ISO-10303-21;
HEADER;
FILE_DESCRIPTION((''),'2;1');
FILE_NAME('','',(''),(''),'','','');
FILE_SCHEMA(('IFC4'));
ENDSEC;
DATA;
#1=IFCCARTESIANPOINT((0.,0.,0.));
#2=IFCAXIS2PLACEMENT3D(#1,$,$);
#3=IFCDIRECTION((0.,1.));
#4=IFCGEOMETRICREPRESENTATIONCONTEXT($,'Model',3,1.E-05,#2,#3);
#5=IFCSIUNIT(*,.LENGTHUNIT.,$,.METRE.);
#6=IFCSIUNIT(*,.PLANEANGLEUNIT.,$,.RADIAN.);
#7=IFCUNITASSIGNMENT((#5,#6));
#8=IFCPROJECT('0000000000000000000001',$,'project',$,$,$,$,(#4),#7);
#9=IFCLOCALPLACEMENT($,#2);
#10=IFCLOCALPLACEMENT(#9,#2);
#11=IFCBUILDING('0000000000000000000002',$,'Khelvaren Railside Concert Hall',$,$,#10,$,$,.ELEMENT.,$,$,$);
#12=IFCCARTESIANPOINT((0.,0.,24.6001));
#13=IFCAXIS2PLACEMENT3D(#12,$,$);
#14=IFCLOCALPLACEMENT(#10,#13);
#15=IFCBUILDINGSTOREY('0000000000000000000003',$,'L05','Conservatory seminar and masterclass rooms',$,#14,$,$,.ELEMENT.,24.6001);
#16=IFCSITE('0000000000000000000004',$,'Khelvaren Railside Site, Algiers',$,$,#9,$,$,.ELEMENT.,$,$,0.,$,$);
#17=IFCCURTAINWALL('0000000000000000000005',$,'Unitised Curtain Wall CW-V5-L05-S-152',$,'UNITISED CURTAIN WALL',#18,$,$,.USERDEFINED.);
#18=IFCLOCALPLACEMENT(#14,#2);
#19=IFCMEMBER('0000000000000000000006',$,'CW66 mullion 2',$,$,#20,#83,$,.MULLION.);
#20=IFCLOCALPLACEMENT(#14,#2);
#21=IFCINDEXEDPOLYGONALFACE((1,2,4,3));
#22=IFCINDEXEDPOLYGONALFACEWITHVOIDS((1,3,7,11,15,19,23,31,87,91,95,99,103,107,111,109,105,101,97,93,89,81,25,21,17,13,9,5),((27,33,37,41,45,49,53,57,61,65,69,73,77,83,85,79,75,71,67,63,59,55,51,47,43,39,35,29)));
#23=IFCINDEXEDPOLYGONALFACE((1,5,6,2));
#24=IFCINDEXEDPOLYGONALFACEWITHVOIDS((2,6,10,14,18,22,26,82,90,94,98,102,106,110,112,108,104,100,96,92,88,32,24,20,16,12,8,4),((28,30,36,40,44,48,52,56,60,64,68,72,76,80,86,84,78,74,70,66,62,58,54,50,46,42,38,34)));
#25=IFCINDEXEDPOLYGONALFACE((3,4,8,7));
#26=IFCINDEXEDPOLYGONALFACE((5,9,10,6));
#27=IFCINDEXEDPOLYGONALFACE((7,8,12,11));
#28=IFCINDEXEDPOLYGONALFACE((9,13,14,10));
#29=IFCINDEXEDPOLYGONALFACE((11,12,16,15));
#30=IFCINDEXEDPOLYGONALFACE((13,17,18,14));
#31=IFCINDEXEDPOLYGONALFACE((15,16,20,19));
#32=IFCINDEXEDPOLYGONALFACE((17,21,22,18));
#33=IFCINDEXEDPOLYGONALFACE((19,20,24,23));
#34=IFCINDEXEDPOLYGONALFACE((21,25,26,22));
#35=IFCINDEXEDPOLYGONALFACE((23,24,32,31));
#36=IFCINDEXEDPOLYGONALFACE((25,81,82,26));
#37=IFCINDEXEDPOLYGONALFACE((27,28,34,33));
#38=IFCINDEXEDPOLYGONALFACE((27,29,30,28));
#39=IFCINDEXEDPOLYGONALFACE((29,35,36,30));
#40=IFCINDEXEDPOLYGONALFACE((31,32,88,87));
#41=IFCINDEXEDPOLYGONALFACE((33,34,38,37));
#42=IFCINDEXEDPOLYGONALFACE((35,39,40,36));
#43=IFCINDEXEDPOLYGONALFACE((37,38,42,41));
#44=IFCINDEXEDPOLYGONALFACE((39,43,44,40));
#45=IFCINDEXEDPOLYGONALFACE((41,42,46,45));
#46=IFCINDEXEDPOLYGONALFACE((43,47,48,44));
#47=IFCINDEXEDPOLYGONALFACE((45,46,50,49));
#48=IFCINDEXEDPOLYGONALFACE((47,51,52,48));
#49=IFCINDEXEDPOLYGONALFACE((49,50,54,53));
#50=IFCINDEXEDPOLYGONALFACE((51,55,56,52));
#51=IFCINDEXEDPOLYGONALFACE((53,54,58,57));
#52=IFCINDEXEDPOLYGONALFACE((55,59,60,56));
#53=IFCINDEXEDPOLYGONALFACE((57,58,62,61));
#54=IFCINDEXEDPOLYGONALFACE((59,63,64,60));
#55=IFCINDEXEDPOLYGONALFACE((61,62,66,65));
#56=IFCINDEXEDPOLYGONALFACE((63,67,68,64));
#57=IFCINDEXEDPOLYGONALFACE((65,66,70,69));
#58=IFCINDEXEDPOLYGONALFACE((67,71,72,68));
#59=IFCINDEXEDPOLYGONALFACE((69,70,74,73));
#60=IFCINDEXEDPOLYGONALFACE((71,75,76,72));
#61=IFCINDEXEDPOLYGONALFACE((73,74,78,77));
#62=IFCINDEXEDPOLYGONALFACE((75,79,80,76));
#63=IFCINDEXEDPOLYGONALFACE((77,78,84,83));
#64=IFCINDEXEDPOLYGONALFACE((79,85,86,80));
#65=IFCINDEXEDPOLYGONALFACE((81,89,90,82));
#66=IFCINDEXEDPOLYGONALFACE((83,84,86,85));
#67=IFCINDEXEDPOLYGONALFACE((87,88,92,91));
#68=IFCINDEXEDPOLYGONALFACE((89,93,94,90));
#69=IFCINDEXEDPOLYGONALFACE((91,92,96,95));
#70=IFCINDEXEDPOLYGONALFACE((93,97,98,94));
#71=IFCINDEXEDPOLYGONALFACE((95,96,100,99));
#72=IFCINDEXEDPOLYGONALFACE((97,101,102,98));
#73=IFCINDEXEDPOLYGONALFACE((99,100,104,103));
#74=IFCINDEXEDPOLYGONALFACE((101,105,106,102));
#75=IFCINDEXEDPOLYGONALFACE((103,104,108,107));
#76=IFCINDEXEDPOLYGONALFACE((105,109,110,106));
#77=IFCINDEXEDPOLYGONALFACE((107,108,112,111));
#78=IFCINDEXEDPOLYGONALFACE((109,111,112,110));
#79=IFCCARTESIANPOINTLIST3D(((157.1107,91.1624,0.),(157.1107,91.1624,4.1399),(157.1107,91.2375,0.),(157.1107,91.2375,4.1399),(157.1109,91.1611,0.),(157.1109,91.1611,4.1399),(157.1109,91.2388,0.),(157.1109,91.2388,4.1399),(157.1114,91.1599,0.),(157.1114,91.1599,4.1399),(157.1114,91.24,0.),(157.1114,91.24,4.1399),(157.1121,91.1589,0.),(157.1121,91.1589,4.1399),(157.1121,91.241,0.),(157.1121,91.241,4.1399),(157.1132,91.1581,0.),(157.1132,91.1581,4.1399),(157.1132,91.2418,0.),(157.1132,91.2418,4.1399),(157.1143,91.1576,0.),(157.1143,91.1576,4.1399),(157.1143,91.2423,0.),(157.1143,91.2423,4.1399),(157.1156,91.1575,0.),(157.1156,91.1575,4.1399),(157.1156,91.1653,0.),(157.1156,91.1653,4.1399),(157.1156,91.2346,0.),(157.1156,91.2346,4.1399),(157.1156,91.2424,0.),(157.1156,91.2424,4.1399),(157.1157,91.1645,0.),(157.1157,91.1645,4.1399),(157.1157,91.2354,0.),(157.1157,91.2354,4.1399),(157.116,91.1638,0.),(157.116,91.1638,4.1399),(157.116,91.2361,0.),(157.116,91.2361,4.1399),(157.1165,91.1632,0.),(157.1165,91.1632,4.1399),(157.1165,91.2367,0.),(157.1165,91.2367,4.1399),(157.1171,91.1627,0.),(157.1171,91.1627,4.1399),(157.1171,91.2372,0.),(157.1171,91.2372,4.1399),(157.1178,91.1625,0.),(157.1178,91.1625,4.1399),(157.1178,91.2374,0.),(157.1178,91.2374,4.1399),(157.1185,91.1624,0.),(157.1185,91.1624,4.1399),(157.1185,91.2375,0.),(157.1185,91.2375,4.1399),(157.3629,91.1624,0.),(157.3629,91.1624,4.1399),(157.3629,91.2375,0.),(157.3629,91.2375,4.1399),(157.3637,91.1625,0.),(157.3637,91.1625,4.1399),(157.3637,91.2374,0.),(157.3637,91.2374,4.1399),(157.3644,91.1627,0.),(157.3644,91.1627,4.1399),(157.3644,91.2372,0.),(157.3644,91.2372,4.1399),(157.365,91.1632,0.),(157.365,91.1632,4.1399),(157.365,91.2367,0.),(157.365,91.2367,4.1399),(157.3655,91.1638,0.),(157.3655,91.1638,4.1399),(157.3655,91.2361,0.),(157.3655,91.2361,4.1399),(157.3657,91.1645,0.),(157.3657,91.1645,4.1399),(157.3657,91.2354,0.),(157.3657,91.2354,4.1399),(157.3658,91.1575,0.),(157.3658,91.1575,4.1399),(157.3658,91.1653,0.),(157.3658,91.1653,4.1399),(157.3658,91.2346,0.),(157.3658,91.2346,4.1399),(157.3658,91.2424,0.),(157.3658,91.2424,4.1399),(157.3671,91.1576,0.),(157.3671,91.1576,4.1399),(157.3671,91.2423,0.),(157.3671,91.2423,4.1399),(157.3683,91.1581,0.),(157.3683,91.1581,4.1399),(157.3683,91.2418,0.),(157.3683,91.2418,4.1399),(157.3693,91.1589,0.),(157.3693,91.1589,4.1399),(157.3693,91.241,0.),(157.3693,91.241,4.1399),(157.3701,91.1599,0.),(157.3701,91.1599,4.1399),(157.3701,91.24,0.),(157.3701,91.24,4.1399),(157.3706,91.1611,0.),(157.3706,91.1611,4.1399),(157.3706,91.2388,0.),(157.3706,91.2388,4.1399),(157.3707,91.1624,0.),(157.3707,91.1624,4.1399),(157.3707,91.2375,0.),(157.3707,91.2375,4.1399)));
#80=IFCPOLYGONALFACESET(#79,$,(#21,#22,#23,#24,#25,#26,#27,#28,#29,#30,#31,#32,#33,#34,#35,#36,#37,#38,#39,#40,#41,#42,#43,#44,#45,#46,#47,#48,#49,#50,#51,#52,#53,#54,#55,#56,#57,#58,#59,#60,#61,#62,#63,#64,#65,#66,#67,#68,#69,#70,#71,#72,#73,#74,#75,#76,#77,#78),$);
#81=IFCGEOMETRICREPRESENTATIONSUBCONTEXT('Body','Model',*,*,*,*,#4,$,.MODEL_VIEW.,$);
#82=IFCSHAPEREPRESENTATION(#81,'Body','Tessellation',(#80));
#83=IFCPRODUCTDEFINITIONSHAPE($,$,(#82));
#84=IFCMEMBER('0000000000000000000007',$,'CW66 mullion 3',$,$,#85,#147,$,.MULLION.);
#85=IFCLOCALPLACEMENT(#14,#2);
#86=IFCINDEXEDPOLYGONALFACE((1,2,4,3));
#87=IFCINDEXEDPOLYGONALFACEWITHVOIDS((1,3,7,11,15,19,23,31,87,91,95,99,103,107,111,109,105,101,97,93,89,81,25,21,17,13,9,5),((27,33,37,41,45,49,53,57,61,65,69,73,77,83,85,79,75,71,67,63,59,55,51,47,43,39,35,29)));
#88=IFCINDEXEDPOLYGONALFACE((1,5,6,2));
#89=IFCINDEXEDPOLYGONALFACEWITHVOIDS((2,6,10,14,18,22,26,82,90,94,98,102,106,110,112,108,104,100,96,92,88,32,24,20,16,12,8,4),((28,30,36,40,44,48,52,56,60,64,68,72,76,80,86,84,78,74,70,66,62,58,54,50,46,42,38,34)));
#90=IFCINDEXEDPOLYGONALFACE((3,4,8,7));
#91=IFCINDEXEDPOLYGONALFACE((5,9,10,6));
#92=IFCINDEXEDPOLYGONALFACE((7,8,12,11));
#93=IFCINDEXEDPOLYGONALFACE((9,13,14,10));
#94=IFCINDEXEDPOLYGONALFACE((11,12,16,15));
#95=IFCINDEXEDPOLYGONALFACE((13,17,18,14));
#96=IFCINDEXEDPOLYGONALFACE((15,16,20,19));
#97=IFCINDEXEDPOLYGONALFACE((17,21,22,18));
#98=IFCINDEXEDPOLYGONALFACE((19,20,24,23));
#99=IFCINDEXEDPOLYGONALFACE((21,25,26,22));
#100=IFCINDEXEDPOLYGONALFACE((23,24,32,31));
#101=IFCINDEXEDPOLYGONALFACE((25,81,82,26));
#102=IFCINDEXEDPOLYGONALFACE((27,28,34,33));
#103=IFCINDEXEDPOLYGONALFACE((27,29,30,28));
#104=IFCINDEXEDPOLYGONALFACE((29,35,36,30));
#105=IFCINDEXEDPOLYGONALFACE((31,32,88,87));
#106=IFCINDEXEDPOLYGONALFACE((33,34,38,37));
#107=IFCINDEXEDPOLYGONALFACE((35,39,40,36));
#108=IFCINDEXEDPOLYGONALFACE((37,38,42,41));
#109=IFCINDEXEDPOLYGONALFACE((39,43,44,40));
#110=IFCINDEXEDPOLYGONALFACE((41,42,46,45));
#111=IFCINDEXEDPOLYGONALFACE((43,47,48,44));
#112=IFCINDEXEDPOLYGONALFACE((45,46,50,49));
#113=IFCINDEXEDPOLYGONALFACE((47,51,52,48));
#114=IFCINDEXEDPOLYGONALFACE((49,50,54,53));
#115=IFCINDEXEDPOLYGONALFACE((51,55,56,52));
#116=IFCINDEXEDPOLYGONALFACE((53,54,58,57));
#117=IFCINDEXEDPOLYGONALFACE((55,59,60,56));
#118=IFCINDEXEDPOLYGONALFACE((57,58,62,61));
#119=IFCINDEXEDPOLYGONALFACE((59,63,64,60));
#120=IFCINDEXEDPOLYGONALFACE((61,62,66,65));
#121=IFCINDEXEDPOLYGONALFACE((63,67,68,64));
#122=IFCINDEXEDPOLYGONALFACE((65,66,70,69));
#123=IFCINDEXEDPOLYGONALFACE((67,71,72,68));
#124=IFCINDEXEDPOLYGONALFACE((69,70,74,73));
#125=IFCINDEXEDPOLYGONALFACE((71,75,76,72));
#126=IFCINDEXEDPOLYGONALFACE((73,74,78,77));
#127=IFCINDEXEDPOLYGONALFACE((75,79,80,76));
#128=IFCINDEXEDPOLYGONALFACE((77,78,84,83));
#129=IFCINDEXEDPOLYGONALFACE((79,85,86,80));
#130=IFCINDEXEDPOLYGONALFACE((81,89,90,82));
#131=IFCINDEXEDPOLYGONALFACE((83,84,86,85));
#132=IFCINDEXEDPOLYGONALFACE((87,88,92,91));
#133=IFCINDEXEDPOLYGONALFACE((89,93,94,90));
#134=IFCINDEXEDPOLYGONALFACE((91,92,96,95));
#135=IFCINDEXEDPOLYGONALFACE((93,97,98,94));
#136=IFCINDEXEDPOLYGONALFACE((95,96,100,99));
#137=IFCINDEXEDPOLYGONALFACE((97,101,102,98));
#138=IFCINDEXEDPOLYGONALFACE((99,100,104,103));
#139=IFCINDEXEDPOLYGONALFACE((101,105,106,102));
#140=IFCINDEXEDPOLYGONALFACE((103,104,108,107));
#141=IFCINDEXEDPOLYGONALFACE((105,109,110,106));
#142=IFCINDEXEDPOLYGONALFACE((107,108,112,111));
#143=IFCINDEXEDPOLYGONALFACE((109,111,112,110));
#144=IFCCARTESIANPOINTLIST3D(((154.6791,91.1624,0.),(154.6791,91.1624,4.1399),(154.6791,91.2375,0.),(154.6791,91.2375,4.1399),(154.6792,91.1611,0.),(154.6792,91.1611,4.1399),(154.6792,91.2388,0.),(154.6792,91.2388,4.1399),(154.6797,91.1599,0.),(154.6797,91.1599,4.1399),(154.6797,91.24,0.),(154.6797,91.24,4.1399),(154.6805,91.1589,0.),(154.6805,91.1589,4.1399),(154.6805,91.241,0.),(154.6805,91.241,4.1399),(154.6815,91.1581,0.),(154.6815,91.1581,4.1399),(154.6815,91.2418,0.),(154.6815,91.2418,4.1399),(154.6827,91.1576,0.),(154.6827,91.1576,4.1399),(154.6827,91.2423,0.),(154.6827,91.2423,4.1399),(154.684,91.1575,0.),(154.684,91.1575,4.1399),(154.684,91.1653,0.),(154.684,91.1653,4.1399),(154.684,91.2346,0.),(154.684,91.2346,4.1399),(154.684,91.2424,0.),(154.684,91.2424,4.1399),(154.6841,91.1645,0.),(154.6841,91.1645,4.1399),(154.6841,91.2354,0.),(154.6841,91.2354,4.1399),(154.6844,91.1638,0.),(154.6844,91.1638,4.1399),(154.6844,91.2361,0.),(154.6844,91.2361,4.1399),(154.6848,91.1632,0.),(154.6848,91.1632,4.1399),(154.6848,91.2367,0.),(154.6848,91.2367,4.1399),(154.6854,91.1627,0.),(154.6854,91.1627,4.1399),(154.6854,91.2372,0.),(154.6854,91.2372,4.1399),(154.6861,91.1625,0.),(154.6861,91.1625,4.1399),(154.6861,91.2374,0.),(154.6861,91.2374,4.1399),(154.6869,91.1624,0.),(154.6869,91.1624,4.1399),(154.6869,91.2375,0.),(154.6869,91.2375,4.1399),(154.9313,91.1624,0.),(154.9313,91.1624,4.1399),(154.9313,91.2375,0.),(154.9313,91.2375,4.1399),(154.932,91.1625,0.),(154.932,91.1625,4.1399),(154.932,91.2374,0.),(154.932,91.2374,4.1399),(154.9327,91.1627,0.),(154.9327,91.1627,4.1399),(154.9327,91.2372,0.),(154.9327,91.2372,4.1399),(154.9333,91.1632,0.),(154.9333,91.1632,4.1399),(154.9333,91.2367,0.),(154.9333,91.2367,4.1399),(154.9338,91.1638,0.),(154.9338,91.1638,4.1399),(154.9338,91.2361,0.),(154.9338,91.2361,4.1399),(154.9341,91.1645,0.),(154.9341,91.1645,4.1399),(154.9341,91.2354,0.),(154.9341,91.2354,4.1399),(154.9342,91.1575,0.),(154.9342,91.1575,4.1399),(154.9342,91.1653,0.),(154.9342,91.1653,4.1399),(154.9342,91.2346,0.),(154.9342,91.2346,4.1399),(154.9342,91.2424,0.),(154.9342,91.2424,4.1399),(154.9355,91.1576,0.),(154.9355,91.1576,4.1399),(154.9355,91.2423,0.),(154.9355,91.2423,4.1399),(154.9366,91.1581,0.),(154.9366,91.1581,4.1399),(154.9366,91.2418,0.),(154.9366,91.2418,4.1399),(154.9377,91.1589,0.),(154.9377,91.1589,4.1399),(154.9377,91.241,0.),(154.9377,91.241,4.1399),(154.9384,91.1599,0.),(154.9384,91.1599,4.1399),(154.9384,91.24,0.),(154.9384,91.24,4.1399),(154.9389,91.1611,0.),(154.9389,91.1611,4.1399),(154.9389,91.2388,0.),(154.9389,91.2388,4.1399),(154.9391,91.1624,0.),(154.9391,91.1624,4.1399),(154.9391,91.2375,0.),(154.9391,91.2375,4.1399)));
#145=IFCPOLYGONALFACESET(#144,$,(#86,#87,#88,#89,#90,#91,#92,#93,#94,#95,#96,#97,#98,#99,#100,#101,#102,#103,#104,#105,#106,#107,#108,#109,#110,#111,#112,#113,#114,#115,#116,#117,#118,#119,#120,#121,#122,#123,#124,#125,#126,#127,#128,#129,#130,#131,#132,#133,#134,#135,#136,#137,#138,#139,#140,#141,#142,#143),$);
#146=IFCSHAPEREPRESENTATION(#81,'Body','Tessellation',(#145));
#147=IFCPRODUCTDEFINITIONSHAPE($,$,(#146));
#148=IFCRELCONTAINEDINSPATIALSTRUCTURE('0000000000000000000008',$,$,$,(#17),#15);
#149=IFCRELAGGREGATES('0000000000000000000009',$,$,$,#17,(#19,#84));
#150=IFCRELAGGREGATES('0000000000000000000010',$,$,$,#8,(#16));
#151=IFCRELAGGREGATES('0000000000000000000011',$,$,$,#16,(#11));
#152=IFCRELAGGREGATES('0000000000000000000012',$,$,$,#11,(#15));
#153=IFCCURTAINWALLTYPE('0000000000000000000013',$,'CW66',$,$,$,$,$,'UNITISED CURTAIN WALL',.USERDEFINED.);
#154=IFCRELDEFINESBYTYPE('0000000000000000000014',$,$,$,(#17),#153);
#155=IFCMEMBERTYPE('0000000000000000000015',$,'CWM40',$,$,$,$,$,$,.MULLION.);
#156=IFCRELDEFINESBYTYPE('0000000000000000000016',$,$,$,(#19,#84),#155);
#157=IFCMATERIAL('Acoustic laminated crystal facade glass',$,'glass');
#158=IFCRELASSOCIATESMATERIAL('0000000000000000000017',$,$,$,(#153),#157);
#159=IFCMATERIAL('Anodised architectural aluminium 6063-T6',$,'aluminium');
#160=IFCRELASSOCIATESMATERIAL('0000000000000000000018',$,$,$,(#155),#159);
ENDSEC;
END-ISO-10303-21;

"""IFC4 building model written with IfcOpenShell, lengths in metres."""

from ifc_helpers import new_model, si_unit, direction, frame, origin, origin_2d, place, context, subcontext, project, spatial, hollow_rectangle, extrude, material, material_profile, profile_set, type_object, element, aggregate, save


model = new_model("IFC4")

# Units and contexts
model_context = context("Model", 3, precision=1e-05, world=origin(), true_north=direction((0.0, 1.0)))
body_context = subcontext(model_context, "Body", "Model", "MODEL_VIEW")
ifc_project = project(units=[si_unit("LENGTHUNIT", "METRE"), si_unit("PLANEANGLEUNIT", "RADIAN")], contexts=[model_context])

# Site, building, storey
site_placement = place(None, origin())
site = spatial("IfcSite", under=ifc_project, at=site_placement, Name="Khelvaren Railside Site, Algiers", CompositionType="ELEMENT", RefElevation=0.0)
building_placement = place(site_placement, origin())
building = spatial("IfcBuilding", under=site, at=building_placement, Name="Khelvaren Railside Concert Hall", CompositionType="ELEMENT")
storey_placement = place(building_placement, frame((0.0, 0.0, 24.6001)))
storey = spatial("IfcBuildingStorey", under=building, at=storey_placement, Name="L05", Description="Conservatory seminar and masterclass rooms", CompositionType="ELEMENT", Elevation=24.6001)

# Curtain wall, members
ifc_material_1 = material(Name="Acoustic laminated crystal facade glass", Category="glass")
curtain_wall_type = type_object("IfcCurtainWallType", Name="CW66", ElementType="UNITISED CURTAIN WALL", PredefinedType="USERDEFINED", material=ifc_material_1)
curtain_wall_placement = place(storey_placement, origin())
curtain_wall = element("IfcCurtainWall", 1, at=curtain_wall_placement, inside=storey, type_object=curtain_wall_type, Name="Unitised Curtain Wall CW-V5-L05-S-152", ObjectType="UNITISED CURTAIN WALL", PredefinedType="USERDEFINED")
ifc_material_2 = material(Name="Anodised architectural aluminium 6063-T6", Category="aluminium")
ifc_material_profile_1 = material_profile(ifc_material_2, hollow_rectangle(XDim=0.085, YDim=0.26, WallThickness=0.0049, InnerFilletRadius=0.0029, OuterFilletRadius=0.0049, at=origin_2d()), Name="CWM 85x260x5")
ifc_profile_set_1 = profile_set([ifc_material_profile_1], Name="Anodised architectural aluminium 6063-T6")
member_type_1 = type_object("IfcMemberType", Name="CWM40", PredefinedType="MULLION", material=ifc_profile_set_1)
member_1_placement = place(storey_placement, frame((157.2407, 91.2, 0.0), z_axis=(0.0, 0.0, 1.0), x_axis=(0.0, -1.0, 0.0)))
member_1 = element("IfcMember", 2, at=member_1_placement, type_object=member_type_1, Name="CW66 mullion 2", PredefinedType="MULLION", context=body_context, shape_type="SweptSolid", body=[
    extrude(hollow_rectangle(XDim=0.085, YDim=0.26, WallThickness=0.0049, InnerFilletRadius=0.0029, OuterFilletRadius=0.0049, at=origin_2d()), origin(), (0.0, 0.0, 1.0), 4.1399),
])
member_2_placement = place(storey_placement, frame((154.8091, 91.2, 0.0), z_axis=(0.0, 0.0, 1.0), x_axis=(0.0, -1.0, 0.0)))
member_2 = element("IfcMember", 3, at=member_2_placement, type_object=member_type_1, Name="CW66 mullion 3", PredefinedType="MULLION", context=body_context, shape_type="SweptSolid", body=[
    extrude(hollow_rectangle(XDim=0.085, YDim=0.26, WallThickness=0.0049, InnerFilletRadius=0.0029, OuterFilletRadius=0.0049, at=origin_2d()), origin(), (0.0, 0.0, 1.0), 4.1399),
])
aggregate(curtain_wall, [member_1, member_2])

save(model, "model.ifc")
